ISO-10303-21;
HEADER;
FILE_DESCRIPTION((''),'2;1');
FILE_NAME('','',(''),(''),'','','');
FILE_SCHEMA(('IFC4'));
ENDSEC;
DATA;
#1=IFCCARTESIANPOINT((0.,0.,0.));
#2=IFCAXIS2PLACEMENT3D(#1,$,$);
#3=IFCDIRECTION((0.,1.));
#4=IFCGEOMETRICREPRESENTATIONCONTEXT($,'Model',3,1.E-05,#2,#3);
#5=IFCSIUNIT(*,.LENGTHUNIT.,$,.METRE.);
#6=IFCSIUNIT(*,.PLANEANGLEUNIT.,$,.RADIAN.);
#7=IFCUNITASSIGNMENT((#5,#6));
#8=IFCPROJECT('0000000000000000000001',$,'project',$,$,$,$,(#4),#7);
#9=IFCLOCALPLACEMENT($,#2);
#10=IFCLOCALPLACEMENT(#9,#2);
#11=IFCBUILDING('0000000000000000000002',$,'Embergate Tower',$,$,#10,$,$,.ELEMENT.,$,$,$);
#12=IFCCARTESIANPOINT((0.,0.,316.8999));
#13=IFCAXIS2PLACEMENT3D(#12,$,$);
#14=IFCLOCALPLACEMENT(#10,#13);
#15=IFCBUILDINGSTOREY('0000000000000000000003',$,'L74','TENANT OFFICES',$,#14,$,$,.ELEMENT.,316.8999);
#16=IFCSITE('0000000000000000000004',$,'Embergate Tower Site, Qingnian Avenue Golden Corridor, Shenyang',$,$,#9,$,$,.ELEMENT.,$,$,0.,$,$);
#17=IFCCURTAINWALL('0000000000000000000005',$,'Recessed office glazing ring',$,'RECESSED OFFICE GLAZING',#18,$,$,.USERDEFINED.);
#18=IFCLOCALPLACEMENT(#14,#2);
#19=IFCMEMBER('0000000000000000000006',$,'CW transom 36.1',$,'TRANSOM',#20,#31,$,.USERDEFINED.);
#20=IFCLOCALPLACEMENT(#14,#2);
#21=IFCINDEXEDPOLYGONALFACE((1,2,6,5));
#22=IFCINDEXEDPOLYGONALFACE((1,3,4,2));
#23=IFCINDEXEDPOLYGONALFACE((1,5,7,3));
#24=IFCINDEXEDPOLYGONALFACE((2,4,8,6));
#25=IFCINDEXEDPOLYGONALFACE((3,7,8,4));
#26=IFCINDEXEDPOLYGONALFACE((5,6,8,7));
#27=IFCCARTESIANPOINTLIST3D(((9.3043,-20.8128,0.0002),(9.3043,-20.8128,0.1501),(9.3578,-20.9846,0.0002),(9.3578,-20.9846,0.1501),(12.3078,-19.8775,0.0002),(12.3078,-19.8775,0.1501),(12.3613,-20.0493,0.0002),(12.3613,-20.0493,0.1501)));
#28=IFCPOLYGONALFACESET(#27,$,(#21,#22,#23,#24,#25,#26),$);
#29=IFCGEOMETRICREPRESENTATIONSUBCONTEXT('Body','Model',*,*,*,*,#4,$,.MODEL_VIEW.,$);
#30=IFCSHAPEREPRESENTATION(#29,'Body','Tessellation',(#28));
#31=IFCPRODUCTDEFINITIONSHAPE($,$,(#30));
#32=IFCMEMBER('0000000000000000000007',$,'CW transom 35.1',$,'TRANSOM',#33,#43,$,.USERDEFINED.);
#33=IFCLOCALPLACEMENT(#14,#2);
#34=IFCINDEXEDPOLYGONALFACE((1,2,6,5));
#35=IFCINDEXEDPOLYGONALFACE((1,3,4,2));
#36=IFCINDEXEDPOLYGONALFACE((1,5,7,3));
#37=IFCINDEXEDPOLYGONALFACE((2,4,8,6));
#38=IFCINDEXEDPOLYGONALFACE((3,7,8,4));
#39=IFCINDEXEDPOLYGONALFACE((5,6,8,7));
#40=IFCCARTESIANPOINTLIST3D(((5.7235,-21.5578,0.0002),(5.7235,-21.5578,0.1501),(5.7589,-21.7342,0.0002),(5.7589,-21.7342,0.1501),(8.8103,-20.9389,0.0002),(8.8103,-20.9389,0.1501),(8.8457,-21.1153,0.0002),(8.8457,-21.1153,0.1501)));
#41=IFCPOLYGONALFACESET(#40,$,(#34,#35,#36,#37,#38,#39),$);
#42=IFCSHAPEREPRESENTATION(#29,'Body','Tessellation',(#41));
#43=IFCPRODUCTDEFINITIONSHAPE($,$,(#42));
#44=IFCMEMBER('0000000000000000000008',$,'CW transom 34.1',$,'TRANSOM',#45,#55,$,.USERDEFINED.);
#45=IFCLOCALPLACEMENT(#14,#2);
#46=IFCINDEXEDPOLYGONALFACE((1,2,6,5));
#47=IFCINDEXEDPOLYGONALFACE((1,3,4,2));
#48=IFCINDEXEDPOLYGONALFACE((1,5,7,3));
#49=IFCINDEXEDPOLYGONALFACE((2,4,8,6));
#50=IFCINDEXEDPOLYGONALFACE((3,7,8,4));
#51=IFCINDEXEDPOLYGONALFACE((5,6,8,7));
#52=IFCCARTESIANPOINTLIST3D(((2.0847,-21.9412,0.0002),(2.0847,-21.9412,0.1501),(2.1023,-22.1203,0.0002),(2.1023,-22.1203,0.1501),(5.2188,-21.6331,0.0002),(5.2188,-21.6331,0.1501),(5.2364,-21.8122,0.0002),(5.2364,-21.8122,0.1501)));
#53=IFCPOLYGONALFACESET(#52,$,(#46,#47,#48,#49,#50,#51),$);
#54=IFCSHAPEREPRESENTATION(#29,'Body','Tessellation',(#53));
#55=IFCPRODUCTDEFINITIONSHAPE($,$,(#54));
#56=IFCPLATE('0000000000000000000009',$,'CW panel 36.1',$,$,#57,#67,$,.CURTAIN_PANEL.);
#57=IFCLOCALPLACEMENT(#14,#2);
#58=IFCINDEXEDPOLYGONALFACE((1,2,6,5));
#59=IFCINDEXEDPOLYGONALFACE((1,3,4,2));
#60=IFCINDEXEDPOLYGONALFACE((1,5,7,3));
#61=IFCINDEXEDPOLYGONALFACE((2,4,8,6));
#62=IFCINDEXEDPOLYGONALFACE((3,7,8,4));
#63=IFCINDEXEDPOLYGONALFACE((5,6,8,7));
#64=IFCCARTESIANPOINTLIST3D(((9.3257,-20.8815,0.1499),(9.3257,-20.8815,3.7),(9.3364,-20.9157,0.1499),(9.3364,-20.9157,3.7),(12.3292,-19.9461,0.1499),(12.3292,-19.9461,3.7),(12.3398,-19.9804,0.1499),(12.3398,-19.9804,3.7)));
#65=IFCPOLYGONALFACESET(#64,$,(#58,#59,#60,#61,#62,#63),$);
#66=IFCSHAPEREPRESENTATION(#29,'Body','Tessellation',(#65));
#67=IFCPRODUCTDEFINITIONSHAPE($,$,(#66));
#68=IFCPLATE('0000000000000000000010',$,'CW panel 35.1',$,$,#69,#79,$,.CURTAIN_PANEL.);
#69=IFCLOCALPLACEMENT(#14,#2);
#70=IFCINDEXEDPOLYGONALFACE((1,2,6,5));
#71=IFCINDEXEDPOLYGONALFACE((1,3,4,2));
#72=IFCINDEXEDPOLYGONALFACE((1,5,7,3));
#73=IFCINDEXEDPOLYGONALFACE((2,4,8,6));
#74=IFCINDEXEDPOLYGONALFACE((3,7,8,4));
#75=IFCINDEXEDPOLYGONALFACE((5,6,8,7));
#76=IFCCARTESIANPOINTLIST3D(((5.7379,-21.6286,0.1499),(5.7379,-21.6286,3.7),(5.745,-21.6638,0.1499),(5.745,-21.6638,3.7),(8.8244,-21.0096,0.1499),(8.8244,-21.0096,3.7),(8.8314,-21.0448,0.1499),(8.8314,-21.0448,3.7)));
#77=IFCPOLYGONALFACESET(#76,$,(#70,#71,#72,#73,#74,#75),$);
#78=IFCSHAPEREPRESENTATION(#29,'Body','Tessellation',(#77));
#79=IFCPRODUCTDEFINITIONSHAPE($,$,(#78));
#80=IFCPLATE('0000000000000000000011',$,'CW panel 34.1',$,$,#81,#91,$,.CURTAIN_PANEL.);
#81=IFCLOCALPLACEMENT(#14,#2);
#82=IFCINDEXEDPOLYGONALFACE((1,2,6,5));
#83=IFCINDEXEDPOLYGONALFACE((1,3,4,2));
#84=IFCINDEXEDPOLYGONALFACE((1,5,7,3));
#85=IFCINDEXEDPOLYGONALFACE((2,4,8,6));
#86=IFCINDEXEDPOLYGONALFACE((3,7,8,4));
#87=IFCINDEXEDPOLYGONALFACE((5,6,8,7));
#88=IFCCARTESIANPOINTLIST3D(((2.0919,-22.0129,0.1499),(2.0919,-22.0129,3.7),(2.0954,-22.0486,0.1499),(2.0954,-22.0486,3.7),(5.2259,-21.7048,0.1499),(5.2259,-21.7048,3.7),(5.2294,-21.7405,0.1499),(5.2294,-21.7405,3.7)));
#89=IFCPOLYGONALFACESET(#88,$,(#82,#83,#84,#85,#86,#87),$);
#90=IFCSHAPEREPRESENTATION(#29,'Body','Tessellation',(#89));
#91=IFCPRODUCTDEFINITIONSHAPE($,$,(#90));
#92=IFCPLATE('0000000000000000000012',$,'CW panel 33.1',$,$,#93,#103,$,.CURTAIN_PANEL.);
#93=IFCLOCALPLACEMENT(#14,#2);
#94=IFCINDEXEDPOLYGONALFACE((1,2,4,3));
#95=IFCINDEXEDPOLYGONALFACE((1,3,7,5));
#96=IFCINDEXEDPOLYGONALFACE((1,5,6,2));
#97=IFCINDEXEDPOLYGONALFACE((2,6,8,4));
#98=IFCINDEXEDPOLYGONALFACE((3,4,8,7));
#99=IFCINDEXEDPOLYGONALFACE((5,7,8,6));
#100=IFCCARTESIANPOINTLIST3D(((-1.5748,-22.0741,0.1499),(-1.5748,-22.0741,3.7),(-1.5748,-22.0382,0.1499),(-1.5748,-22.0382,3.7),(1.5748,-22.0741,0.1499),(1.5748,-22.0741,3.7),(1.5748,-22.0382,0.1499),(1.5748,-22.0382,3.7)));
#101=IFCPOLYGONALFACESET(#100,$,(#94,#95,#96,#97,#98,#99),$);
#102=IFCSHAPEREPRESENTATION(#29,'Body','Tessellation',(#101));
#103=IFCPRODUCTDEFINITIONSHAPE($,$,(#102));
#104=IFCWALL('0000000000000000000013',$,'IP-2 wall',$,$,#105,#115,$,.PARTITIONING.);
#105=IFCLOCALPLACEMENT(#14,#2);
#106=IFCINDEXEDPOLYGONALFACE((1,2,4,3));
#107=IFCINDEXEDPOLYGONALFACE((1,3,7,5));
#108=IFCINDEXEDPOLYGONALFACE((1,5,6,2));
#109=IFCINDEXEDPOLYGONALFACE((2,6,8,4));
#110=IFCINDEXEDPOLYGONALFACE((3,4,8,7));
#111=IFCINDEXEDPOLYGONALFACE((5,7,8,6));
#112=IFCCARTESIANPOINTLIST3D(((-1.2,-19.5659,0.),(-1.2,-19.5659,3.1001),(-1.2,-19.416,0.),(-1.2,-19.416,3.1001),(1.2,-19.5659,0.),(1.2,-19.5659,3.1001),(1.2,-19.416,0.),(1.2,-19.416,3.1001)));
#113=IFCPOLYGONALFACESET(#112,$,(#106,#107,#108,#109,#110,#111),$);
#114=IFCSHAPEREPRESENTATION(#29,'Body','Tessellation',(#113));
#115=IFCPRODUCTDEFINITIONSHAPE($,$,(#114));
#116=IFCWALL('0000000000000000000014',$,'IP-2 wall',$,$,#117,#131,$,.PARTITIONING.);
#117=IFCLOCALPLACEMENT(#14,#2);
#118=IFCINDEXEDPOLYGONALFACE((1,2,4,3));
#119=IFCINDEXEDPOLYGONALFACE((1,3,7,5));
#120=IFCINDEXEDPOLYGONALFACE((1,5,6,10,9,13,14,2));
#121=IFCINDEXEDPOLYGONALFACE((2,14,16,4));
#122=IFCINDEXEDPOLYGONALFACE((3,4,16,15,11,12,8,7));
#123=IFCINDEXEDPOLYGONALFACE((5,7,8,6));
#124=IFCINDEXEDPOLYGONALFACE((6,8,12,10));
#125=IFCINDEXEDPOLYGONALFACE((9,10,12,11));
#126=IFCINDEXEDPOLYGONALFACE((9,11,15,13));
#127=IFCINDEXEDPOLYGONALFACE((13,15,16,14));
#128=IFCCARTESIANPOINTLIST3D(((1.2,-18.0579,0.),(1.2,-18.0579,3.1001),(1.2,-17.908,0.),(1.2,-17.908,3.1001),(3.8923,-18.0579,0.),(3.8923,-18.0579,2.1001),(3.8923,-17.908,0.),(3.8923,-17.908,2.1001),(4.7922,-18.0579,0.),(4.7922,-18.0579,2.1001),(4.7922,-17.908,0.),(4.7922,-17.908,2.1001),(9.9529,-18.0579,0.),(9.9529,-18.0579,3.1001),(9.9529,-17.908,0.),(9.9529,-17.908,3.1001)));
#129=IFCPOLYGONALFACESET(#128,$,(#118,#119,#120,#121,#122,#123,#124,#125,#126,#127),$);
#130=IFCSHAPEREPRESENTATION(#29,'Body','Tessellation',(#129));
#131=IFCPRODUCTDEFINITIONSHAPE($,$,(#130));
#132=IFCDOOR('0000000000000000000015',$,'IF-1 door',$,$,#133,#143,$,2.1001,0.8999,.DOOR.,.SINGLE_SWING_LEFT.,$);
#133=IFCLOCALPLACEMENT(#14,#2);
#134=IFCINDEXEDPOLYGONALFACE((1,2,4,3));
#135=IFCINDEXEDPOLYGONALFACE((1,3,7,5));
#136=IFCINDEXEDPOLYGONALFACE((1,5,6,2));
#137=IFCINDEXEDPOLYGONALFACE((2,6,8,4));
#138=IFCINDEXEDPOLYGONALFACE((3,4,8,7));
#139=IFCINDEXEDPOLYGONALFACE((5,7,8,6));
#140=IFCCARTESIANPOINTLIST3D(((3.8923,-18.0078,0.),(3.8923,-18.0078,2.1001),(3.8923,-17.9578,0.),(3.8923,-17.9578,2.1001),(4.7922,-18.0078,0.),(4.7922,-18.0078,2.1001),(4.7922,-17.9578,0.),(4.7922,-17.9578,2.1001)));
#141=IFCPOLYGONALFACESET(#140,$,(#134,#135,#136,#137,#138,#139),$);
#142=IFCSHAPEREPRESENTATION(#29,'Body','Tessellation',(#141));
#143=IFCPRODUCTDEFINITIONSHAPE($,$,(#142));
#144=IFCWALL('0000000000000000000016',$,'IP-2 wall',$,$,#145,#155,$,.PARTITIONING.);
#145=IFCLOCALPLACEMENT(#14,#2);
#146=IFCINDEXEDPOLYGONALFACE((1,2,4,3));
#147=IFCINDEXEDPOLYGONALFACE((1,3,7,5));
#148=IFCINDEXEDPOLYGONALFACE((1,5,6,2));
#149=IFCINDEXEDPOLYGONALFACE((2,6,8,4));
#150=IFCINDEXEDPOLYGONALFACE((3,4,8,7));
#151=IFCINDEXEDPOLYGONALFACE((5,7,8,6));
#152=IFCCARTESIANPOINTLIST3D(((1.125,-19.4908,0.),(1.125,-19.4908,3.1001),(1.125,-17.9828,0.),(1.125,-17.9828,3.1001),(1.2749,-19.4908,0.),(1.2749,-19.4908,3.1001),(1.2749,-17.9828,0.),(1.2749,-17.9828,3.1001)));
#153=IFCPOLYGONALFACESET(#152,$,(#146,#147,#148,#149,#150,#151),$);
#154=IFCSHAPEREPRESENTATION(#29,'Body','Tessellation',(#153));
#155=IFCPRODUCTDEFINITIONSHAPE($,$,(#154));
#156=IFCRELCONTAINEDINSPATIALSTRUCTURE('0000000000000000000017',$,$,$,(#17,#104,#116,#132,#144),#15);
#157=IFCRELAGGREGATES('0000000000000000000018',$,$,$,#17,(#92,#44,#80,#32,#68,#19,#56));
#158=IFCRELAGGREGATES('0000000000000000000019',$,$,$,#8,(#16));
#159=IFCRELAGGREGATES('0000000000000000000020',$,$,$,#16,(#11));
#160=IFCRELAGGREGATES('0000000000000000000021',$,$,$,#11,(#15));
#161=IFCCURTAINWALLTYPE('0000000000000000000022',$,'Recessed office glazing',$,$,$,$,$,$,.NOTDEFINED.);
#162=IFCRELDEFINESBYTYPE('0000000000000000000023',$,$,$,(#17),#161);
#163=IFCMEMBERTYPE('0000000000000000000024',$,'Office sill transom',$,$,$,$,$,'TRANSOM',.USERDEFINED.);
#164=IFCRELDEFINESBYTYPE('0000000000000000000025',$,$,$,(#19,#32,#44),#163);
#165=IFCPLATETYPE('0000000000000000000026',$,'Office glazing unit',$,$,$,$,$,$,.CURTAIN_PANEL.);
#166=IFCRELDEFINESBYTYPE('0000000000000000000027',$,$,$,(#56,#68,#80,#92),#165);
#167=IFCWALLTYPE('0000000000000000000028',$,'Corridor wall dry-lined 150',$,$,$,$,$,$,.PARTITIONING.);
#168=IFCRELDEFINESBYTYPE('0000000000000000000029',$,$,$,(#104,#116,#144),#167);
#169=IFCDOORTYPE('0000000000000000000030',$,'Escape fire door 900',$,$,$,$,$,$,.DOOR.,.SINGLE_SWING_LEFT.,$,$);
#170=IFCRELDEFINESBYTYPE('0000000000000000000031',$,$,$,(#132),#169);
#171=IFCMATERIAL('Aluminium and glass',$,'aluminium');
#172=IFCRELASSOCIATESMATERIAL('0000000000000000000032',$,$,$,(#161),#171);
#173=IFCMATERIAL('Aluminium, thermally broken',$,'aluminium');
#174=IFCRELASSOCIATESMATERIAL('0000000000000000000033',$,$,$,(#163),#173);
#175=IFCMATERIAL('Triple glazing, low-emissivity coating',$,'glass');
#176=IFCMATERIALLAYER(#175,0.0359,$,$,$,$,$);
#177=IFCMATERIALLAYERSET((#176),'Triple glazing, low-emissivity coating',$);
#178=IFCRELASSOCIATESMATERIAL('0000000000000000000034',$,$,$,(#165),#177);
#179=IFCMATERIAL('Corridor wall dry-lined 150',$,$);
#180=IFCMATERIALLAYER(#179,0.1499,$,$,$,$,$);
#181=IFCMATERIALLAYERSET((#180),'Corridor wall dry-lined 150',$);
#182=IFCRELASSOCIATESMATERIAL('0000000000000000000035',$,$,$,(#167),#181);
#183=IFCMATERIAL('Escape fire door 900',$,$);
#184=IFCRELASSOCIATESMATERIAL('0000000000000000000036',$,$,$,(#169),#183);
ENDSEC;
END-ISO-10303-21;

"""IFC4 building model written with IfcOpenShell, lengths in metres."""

from ifc_helpers import new_model, si_unit, direction, frame, frame_2d, origin, origin_2d, place, context, subcontext, project, spatial, rectangle, extrude, source, transform, mapped, material, layer, layer_set, material_profile, profile_set, type_object, element, fill, aggregate, save


model = new_model("IFC4")

# Units and contexts
model_context = context("Model", 3, precision=1e-05, world=origin(), true_north=direction((0.0, 1.0)))
body_context = subcontext(model_context, "Body", "Model", "MODEL_VIEW")
ifc_project = project(units=[si_unit("LENGTHUNIT", "METRE"), si_unit("PLANEANGLEUNIT", "RADIAN")], contexts=[model_context])

# Site, building, storey
site_placement = place(None, origin())
site = spatial("IfcSite", under=ifc_project, at=site_placement, Name="Embergate Tower Site, Qingnian Avenue Golden Corridor, Shenyang", CompositionType="ELEMENT", RefElevation=0.0)
building_placement = place(site_placement, origin())
building = spatial("IfcBuilding", under=site, at=building_placement, Name="Embergate Tower", CompositionType="ELEMENT")
storey_placement = place(building_placement, frame((0.0, 0.0, 316.8999)))
storey = spatial("IfcBuildingStorey", under=building, at=storey_placement, Name="L74", Description="TENANT OFFICES", CompositionType="ELEMENT", Elevation=316.8999)

# Curtain wall, members, plates
ifc_material_1 = material(Name="Aluminium and glass", Category="aluminium")
curtain_wall_type = type_object("IfcCurtainWallType", Name="Recessed office glazing", PredefinedType="NOTDEFINED", material=ifc_material_1)
curtain_wall_placement = place(storey_placement, origin())
curtain_wall = element("IfcCurtainWall", 1, at=curtain_wall_placement, inside=storey, type_object=curtain_wall_type, Name="Recessed office glazing ring", ObjectType="RECESSED OFFICE GLAZING", PredefinedType="USERDEFINED")
ifc_material_2 = material(Name="Aluminium, thermally broken", Category="aluminium")
ifc_material_profile_1 = material_profile(ifc_material_2, rectangle(XDim=0.1799, YDim=0.1499, at=origin_2d()), Name="AL 150x180")
ifc_profile_set_1 = profile_set([ifc_material_profile_1], Name="Aluminium, thermally broken")
member_type_1 = type_object("IfcMemberType", Name="Office sill transom", ElementType="TRANSOM", PredefinedType="USERDEFINED", material=ifc_profile_set_1)
shared_shape_1 = source(origin(), body_context, "Body", "SweptSolid", [
    extrude(rectangle(XDim=0.1799, YDim=0.1499, at=origin_2d()), origin(), (0.0, 0.0, 1.0), 3.1458),
])
member_1_placement = place(storey_placement, frame((9.3311, -20.8987, 0.0752), z_axis=(0.954775, 0.297329, 0.0), x_axis=(-0.297329, 0.954775, 0.0)))
member_1 = element("IfcMember", 2, at=member_1_placement, type_object=member_type_1, Name="CW transom 36.1", ObjectType="TRANSOM", PredefinedType="USERDEFINED", context=body_context, shape_type="MappedRepresentation", body=[
    mapped(shared_shape_1, transform((0.0, 0.0, 0.0))),
])
shared_shape_2 = source(origin(), body_context, "Body", "SweptSolid", [
    extrude(rectangle(XDim=0.1799, YDim=0.1499, at=origin_2d()), origin(), (0.0, 0.0, 1.0), 3.1482),
])
member_2_placement = place(storey_placement, frame((5.7412, -21.646, 0.0752), z_axis=(0.980485, 0.196593, 0.0), x_axis=(-0.196593, 0.980485, 0.0)))
member_2 = element("IfcMember", 3, at=member_2_placement, type_object=member_type_1, Name="CW transom 35.1", ObjectType="TRANSOM", PredefinedType="USERDEFINED", context=body_context, shape_type="MappedRepresentation", body=[
    mapped(shared_shape_2, transform((0.0, 0.0, 0.0))),
])
shared_shape_3 = source(origin(), body_context, "Body", "SweptSolid", [
    extrude(rectangle(XDim=0.1799, YDim=0.1499, at=origin_2d()), origin(), (0.0, 0.0, 1.0), 3.1492),
])
member_3_placement = place(storey_placement, frame((2.0935, -22.0308, 0.0752), z_axis=(0.995202, 0.097838, 0.0), x_axis=(-0.097838, 0.995202, 0.0)))
member_3 = element("IfcMember", 4, at=member_3_placement, type_object=member_type_1, Name="CW transom 34.1", ObjectType="TRANSOM", PredefinedType="USERDEFINED", context=body_context, shape_type="MappedRepresentation", body=[
    mapped(shared_shape_3, transform((0.0, 0.0, 0.0))),
])
ifc_material_3 = material(Name="Triple glazing, low-emissivity coating", Category="glass")
ifc_layer_1 = layer(ifc_material_3, 0.0359)
ifc_layer_set_1 = layer_set([ifc_layer_1], Name="Triple glazing, low-emissivity coating")
plate_type = type_object("IfcPlateType", Name="Office glazing unit", PredefinedType="CURTAIN_PANEL", material=ifc_layer_set_1)
shared_shape_4 = source(origin(), body_context, "Body", "SweptSolid", [
    extrude(rectangle(XDim=3.1458, YDim=0.0359, at=origin_2d()), origin(), (0.0, 0.0, 1.0), 3.55),
])
plate_1_placement = place(storey_placement, frame((10.8328, -20.4309, 0.1499), z_axis=(0.0, 0.0, 1.0), x_axis=(0.954771, 0.297342, 0.0)))
plate_1 = element("IfcPlate", 5, at=plate_1_placement, type_object=plate_type, Name="CW panel 36.1", PredefinedType="CURTAIN_PANEL", context=body_context, shape_type="MappedRepresentation", body=[
    mapped(shared_shape_4, transform((0.0, 0.0, 0.0))),
])
shared_shape_5 = source(origin(), body_context, "Body", "SweptSolid", [
    extrude(rectangle(XDim=3.1479, YDim=0.0359, at=origin_2d()), origin(), (0.0, 0.0, 1.0), 3.55),
])
plate_2_placement = place(storey_placement, frame((7.2847, -21.3367, 0.1499), z_axis=(0.0, 0.0, 1.0), x_axis=(0.980476, 0.196641, 0.0)))
plate_2 = element("IfcPlate", 6, at=plate_2_placement, type_object=plate_type, Name="CW panel 35.1", PredefinedType="CURTAIN_PANEL", context=body_context, shape_type="MappedRepresentation", body=[
    mapped(shared_shape_5, transform((0.0, 0.0, 0.0))),
])
shared_shape_6 = source(origin(), body_context, "Body", "SweptSolid", [
    extrude(rectangle(XDim=3.1492, YDim=0.0359, at=origin_2d()), origin(), (0.0, 0.0, 1.0), 3.55),
])
plate_3_placement = place(storey_placement, frame((3.6606, -21.8767, 0.1499), z_axis=(0.0, 0.0, 1.0), x_axis=(0.995203, 0.09783, 0.0)))
plate_3 = element("IfcPlate", 7, at=plate_3_placement, type_object=plate_type, Name="CW panel 34.1", PredefinedType="CURTAIN_PANEL", context=body_context, shape_type="MappedRepresentation", body=[
    mapped(shared_shape_6, transform((0.0, 0.0, 0.0))),
])
shared_shape_7 = source(origin(), body_context, "Body", "SweptSolid", [
    extrude(rectangle(XDim=3.1497, YDim=0.0359, at=origin_2d()), origin(), (0.0, 0.0, 1.0), 3.55),
])
plate_4_placement = place(storey_placement, frame((0.0, -22.0562, 0.1499), z_axis=(0.0, 0.0, 1.0), x_axis=(1.0, 0.0, 0.0)))
plate_4 = element("IfcPlate", 8, at=plate_4_placement, type_object=plate_type, Name="CW panel 33.1", PredefinedType="CURTAIN_PANEL", context=body_context, shape_type="MappedRepresentation", body=[
    mapped(shared_shape_7, transform((0.0, 0.0, 0.0))),
])
aggregate(curtain_wall, [plate_4, member_3, plate_3, member_2, plate_2, member_1, plate_1])

# Wall
ifc_material_4 = material(Name="Corridor wall dry-lined 150")
ifc_layer_2 = layer(ifc_material_4, 0.1499)
ifc_layer_set_2 = layer_set([ifc_layer_2], Name="Corridor wall dry-lined 150")
wall_type_1 = type_object("IfcWallType", Name="Corridor wall dry-lined 150", PredefinedType="PARTITIONING", material=ifc_layer_set_2)
shared_shape_8 = source(origin(), body_context, "Body", "SweptSolid", [
    extrude(rectangle(XDim=2.3999, YDim=0.1499, at=frame_2d((1.2, 0.0))), origin(), (0.0, 0.0, 1.0), 3.1001),
])
wall_1_placement = place(storey_placement, frame((1.2, -19.491, 0.0), z_axis=(0.0, 0.0, 1.0), x_axis=(-1.0, 0.0, 0.0)))
element("IfcWall", 9, at=wall_1_placement, inside=storey, type_object=wall_type_1, Name="IP-2 wall", PredefinedType="PARTITIONING", context=body_context, shape_type="MappedRepresentation", body=[
    mapped(shared_shape_8, transform((0.0, 0.0, 0.0))),
])

# Wall, opening, door
shared_shape_9 = source(origin(), body_context, "Body", "SweptSolid", [
    extrude(rectangle(XDim=8.7529, YDim=0.1499, at=frame_2d((4.3765, 0.0))), origin(), (0.0, 0.0, 1.0), 3.1001),
])
wall_2_placement = place(storey_placement, frame((9.9529, -17.9829, 0.0), z_axis=(0.0, 0.0, 1.0), x_axis=(-1.0, 0.0, 0.0)))
wall_2 = element("IfcWall", 10, at=wall_2_placement, inside=storey, type_object=wall_type_1, Name="IP-2 wall", PredefinedType="PARTITIONING", context=body_context, shape_type="MappedRepresentation", body=[
    mapped(shared_shape_9, transform((0.0, 0.0, 0.0))),
])
shared_shape_10 = source(origin(), body_context, "Body", "SweptSolid", [
    extrude(rectangle(XDim=0.8999, YDim=2.1001, at=frame_2d((0.45, 1.05))), frame((0.0, 0.085, 0.0), z_axis=(0.0, -1.0, 0.0), x_axis=(1.0, 0.0, 0.0)), (0.0, 0.0, 1.0), 0.1699),
])
opening_1_placement = place(wall_2_placement, frame((5.1606, 0.0, 0.0)))
opening_1 = element("IfcOpeningElement", 11, at=opening_1_placement, cuts=wall_2, PredefinedType="OPENING", context=body_context, shape_type="MappedRepresentation", body=[
    mapped(shared_shape_10, transform((0.0, 0.0, 0.0))),
])
ifc_material_5 = material(Name="Escape fire door 900")
door_type = type_object("IfcDoorType", Name="Escape fire door 900", OperationType="SINGLE_SWING_LEFT", PredefinedType="DOOR", material=ifc_material_5)
shared_shape_11 = source(origin(), body_context, "Body", "SweptSolid", [
    extrude(rectangle(XDim=0.8999, YDim=2.1001, at=frame_2d((0.45, 1.05))), frame((0.0, 0.0249, 0.0), z_axis=(0.0, -1.0, 0.0), x_axis=(1.0, 0.0, 0.0)), (0.0, 0.0, 1.0), 0.05),
])
door_1_placement = place(opening_1_placement, origin())
door_1 = element("IfcDoor", 12, at=door_1_placement, inside=storey, type_object=door_type, Name="IF-1 door", OperationType="SINGLE_SWING_LEFT", OverallHeight=2.1001, OverallWidth=0.8999, PredefinedType="DOOR", context=body_context, shape_type="MappedRepresentation", body=[
    mapped(shared_shape_11, transform((0.0, 0.0, 0.0))),
])
fill(opening_1, door_1)

# Wall
shared_shape_12 = source(origin(), body_context, "Body", "SweptSolid", [
    extrude(rectangle(XDim=1.5081, YDim=0.1499, at=frame_2d((0.7539, 0.0))), origin(), (0.0, 0.0, 1.0), 3.1001),
])
wall_3_placement = place(storey_placement, frame((1.2, -17.9829, 0.0), z_axis=(0.0, 0.0, 1.0), x_axis=(0.0, -1.0, 0.0)))
element("IfcWall", 13, at=wall_3_placement, inside=storey, type_object=wall_type_1, Name="IP-2 wall", PredefinedType="PARTITIONING", context=body_context, shape_type="MappedRepresentation", body=[
    mapped(shared_shape_12, transform((0.0, 0.0, 0.0))),
])

save(model, "model.ifc")
